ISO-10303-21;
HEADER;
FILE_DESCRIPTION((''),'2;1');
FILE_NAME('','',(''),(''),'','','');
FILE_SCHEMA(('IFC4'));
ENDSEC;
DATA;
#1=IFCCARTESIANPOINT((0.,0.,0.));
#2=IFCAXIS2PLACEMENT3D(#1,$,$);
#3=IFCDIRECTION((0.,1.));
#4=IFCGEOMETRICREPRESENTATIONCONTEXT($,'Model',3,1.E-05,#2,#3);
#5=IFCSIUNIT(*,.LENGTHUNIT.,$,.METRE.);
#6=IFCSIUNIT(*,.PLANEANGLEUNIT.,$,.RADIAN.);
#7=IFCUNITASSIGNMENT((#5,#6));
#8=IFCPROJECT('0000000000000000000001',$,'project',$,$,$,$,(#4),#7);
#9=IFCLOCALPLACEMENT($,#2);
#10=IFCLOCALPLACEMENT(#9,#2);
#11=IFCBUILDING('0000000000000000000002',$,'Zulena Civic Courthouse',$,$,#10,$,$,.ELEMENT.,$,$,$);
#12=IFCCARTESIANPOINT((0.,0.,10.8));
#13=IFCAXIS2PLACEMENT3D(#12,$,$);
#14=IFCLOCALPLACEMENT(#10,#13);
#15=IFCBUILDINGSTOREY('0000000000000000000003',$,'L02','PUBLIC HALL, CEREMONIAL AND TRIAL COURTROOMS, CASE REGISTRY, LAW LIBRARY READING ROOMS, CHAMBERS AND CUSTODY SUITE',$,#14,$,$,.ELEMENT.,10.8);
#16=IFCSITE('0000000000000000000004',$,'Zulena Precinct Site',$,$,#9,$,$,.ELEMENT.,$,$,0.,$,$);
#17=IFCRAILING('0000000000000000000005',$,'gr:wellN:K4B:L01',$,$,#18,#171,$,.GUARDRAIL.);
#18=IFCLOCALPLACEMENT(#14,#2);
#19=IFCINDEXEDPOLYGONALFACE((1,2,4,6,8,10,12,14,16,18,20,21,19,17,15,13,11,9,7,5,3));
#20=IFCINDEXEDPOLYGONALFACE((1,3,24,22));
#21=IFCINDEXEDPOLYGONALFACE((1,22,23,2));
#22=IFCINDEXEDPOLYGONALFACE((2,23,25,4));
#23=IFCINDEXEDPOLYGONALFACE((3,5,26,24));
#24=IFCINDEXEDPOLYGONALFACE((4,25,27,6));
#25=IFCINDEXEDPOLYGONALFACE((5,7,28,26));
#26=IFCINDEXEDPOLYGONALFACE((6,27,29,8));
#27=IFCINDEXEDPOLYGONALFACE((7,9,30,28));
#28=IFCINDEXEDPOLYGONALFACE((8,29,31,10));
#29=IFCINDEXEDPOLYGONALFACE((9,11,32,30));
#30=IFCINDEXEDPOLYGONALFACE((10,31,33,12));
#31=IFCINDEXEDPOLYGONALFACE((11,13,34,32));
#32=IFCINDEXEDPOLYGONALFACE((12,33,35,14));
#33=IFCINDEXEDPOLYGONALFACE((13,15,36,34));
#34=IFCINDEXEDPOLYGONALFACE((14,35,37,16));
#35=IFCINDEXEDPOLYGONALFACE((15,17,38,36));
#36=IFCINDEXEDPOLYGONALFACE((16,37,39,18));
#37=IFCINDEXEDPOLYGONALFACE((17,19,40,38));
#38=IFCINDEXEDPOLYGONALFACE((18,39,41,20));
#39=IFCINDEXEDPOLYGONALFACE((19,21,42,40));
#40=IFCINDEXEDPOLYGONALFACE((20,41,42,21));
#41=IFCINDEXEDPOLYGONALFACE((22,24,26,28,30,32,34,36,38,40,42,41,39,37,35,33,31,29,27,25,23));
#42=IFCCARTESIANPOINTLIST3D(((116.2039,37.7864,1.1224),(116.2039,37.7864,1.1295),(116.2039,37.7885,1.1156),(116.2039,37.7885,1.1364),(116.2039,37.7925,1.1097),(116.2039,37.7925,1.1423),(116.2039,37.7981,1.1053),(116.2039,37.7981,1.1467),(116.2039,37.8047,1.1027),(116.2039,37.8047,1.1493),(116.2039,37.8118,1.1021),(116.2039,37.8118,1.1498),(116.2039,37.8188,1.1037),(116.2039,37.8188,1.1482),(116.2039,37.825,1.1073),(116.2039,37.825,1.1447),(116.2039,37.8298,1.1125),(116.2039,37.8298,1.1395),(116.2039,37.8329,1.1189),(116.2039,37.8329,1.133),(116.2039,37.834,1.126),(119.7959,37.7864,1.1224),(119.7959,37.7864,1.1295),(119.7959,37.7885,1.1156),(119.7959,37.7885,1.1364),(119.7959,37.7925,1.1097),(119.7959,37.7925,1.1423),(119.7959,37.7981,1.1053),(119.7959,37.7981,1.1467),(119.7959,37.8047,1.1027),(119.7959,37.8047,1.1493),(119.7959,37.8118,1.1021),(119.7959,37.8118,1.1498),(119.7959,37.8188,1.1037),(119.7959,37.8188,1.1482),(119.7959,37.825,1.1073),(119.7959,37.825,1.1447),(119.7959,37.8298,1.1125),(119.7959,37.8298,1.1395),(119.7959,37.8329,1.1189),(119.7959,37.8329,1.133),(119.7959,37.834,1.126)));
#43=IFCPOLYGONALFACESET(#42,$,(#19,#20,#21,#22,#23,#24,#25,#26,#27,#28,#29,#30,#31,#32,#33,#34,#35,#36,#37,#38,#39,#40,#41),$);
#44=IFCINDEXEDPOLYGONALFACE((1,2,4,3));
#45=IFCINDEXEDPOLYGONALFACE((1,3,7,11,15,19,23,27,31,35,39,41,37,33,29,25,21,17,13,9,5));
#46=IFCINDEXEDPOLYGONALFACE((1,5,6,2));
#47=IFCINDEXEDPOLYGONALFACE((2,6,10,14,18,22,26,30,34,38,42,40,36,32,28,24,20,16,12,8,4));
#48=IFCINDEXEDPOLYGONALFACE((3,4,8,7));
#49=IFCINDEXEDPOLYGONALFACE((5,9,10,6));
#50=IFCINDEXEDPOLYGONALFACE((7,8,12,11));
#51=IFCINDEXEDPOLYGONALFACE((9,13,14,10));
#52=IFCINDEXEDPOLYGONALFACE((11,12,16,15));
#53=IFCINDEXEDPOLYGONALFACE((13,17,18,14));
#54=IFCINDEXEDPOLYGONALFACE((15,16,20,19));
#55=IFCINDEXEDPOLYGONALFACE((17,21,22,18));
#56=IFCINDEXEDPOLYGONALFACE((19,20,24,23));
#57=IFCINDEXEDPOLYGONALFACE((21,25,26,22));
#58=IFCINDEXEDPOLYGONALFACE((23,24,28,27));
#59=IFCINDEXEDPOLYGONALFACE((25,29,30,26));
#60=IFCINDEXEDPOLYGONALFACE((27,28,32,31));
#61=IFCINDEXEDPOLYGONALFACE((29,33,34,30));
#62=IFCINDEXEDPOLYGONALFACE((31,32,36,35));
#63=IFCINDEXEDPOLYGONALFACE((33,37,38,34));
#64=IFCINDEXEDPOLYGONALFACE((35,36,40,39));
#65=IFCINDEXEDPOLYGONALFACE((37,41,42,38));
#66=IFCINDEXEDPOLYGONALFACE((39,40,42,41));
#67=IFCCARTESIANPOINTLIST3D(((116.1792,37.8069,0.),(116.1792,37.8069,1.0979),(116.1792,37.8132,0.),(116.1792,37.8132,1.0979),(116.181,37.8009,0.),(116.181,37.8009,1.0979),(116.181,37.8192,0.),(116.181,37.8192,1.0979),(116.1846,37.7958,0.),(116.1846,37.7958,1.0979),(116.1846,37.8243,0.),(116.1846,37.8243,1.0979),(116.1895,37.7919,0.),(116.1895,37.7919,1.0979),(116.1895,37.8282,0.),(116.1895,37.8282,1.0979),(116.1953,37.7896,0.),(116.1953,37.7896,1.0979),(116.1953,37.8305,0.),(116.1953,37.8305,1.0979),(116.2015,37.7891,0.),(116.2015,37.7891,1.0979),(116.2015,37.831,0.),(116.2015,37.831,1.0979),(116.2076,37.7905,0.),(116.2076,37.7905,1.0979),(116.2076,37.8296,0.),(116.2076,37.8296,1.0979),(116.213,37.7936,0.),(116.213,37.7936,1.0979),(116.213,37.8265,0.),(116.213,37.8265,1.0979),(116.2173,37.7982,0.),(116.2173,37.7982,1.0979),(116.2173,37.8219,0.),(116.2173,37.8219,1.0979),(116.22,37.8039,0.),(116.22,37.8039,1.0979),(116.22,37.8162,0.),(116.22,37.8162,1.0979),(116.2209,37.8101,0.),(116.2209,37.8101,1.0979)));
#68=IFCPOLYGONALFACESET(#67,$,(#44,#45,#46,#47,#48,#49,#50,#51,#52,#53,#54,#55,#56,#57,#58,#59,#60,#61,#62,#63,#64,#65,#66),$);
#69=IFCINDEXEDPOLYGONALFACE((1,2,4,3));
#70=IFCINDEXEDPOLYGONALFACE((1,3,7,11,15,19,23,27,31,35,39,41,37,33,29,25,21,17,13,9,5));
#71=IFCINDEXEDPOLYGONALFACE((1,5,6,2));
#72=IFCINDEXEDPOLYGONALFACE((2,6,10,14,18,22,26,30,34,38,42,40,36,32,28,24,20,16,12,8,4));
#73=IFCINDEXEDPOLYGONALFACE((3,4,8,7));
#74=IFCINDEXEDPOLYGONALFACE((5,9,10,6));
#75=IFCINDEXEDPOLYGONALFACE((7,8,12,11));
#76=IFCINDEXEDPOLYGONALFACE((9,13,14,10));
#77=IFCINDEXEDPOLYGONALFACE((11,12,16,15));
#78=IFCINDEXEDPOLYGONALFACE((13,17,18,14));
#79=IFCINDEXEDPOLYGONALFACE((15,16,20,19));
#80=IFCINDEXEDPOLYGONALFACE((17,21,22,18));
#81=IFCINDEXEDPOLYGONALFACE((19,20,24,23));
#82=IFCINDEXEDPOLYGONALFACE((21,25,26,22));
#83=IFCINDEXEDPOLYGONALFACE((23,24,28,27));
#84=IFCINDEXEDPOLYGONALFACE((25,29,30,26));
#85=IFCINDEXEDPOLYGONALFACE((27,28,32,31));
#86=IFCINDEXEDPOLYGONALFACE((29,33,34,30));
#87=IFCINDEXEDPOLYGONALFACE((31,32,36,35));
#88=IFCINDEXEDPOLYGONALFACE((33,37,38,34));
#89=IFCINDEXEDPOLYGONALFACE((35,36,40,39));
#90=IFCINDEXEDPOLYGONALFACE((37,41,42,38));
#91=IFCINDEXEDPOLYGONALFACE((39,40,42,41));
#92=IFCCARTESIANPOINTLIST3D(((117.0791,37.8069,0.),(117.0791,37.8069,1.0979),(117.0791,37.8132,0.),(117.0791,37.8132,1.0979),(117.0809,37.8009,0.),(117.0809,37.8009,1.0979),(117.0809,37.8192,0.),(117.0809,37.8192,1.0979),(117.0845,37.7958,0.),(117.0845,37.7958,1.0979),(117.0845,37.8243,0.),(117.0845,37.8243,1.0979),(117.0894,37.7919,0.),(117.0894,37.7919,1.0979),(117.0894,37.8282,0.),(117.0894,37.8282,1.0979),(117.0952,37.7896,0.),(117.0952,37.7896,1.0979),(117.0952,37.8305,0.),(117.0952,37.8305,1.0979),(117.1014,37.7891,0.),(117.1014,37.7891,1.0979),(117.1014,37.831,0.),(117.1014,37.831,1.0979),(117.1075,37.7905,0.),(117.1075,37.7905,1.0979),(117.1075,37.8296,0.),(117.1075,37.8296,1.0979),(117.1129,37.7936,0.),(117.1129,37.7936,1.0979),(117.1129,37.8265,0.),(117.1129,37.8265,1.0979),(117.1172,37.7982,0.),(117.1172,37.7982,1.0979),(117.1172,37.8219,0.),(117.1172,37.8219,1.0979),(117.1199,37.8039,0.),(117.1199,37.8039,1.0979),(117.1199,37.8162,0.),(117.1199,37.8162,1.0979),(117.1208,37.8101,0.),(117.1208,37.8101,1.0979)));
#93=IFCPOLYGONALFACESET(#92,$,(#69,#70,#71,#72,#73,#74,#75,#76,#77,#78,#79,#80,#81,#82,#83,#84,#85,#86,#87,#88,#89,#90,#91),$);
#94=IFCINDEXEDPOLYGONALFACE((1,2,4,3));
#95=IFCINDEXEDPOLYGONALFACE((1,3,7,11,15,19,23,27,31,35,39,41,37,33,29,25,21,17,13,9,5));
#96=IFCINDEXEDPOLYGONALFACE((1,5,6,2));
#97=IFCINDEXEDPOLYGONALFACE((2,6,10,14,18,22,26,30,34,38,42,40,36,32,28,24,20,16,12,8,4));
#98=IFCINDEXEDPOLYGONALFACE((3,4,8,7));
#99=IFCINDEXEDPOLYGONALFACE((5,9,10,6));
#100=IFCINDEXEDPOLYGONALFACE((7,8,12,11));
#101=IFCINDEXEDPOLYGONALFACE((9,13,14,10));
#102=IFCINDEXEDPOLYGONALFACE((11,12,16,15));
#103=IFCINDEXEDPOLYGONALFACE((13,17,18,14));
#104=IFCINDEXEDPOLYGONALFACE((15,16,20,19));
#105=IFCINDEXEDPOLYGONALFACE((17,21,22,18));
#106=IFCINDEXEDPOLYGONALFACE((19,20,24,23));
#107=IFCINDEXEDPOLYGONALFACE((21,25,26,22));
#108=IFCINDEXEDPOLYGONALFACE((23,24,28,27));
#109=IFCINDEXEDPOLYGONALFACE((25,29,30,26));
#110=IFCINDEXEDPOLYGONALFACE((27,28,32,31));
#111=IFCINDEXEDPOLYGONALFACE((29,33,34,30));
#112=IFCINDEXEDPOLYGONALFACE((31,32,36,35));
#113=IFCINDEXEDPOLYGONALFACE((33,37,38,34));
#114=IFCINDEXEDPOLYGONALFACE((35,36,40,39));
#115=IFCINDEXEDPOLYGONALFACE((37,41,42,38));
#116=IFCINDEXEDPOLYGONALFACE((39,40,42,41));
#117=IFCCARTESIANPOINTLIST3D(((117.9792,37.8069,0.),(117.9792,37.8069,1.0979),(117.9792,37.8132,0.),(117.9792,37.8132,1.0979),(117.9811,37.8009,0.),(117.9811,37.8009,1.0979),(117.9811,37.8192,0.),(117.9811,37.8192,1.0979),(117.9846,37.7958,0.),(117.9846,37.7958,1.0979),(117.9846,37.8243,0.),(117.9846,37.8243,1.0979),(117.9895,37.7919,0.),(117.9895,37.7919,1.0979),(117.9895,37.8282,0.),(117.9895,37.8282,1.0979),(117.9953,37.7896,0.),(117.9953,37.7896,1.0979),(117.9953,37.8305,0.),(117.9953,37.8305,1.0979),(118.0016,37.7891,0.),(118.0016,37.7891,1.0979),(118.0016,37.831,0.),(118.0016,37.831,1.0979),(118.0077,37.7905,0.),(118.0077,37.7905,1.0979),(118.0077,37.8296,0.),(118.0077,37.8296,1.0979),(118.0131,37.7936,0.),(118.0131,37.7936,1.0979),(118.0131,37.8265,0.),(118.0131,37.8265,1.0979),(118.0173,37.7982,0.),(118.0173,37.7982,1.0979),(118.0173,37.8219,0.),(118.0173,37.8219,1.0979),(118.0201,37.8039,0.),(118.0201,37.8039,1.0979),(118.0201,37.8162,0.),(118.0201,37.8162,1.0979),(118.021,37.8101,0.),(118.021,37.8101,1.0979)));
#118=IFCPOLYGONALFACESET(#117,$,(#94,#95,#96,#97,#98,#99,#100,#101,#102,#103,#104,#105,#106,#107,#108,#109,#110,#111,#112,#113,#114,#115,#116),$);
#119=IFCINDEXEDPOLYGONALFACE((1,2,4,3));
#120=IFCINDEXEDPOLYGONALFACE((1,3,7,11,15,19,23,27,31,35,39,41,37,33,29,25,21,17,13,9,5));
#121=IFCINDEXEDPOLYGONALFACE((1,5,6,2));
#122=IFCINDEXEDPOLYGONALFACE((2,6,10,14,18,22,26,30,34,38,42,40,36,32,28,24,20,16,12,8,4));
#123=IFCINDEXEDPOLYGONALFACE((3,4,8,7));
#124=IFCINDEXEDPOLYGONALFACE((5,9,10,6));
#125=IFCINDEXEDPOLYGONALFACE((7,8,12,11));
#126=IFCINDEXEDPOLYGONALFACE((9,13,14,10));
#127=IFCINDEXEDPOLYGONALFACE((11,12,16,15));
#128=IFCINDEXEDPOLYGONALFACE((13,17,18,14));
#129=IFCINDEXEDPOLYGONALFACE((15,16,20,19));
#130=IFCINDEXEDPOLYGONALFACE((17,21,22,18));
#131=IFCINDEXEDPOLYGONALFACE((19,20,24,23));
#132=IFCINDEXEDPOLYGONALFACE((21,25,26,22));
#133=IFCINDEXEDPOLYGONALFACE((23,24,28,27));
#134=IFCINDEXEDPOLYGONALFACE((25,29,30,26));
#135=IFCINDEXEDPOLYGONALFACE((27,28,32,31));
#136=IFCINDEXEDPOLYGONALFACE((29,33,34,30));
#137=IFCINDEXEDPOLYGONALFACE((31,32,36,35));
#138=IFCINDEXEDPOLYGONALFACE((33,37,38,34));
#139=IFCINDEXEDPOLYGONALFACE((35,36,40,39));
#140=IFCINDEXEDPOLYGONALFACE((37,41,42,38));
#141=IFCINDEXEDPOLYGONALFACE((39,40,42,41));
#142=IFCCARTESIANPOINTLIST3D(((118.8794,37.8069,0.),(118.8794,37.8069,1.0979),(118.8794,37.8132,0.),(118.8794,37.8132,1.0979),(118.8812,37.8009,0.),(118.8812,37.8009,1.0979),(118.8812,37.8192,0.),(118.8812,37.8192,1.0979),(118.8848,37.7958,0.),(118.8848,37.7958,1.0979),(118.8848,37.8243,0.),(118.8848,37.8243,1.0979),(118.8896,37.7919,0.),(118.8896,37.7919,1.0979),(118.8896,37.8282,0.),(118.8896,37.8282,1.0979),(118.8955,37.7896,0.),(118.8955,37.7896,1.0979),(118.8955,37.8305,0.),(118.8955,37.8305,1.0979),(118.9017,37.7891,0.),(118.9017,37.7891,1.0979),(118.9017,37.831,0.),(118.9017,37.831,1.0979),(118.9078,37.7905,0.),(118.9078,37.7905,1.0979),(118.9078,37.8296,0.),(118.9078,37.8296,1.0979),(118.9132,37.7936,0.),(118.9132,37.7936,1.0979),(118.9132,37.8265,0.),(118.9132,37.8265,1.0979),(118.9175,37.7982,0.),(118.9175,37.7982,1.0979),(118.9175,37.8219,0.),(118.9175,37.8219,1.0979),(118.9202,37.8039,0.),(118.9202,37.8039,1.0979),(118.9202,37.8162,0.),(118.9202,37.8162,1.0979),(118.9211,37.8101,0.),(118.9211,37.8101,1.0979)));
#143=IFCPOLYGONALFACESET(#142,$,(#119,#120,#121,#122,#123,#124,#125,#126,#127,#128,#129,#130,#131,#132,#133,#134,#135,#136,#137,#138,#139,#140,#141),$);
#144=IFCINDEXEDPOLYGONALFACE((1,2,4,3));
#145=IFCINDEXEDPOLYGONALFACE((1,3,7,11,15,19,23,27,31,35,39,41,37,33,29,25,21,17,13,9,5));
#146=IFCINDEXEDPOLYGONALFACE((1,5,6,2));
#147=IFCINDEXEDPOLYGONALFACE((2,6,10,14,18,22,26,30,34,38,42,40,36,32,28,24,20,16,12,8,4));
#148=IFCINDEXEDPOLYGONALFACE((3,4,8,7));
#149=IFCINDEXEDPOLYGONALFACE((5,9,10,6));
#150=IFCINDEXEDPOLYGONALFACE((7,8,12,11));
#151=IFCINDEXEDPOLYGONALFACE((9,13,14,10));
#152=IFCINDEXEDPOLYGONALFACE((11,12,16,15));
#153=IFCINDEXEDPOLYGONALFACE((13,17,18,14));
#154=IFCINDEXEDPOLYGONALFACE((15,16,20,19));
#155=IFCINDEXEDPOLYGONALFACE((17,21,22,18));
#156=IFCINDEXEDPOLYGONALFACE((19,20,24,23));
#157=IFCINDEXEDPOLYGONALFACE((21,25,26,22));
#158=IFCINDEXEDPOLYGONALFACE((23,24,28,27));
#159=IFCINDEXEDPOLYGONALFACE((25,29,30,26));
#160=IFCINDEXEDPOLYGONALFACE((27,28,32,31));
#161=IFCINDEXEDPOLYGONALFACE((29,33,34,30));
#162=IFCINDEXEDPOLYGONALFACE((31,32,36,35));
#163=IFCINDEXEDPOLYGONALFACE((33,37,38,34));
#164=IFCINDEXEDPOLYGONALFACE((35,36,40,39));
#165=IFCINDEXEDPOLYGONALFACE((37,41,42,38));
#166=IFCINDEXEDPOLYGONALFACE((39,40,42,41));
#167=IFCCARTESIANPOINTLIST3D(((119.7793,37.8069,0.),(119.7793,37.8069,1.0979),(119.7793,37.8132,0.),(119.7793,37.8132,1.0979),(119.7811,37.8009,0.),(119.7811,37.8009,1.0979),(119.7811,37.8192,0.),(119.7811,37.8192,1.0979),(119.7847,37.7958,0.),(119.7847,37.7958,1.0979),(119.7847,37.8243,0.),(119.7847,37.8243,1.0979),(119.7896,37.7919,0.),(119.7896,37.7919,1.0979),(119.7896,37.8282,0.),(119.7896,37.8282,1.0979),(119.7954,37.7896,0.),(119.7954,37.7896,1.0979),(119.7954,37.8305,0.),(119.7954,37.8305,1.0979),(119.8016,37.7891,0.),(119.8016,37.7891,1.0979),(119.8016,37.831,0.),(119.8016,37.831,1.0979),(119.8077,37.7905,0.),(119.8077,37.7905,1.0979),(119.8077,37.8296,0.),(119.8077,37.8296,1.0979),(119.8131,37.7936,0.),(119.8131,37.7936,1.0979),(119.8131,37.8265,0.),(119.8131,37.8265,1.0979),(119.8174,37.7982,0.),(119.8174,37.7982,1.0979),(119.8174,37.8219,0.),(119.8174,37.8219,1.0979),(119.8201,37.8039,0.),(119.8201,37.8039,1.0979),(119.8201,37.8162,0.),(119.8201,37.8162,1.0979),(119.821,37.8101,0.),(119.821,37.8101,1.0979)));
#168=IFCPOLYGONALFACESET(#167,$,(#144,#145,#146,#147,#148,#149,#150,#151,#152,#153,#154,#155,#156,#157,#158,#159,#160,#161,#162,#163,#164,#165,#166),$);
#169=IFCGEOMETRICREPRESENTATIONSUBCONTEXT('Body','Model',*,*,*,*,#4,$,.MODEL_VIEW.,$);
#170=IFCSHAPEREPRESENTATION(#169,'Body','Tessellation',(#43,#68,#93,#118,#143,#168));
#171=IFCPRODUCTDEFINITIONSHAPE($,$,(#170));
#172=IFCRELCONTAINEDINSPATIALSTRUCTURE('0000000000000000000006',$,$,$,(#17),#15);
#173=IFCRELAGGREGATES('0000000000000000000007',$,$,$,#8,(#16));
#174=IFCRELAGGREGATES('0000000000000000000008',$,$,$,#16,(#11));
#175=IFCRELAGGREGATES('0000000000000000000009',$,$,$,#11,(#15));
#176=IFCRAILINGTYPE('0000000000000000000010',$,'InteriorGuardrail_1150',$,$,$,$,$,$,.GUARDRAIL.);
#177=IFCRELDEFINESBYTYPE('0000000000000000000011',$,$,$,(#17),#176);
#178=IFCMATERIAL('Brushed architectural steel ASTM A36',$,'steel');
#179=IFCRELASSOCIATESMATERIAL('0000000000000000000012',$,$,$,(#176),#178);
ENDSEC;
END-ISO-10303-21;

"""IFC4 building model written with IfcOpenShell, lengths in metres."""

from ifc_helpers import new_model, si_unit, direction, frame, origin, origin_2d, place, context, subcontext, project, spatial, circle, extrude, material, type_object, element, save


model = new_model("IFC4")

# Units and contexts
model_context = context("Model", 3, precision=1e-05, world=origin(), true_north=direction((0.0, 1.0)))
body_context = subcontext(model_context, "Body", "Model", "MODEL_VIEW")
ifc_project = project(units=[si_unit("LENGTHUNIT", "METRE"), si_unit("PLANEANGLEUNIT", "RADIAN")], contexts=[model_context])

# Site, building, storey
site_placement = place(None, origin())
site = spatial("IfcSite", under=ifc_project, at=site_placement, Name="Zulena Precinct Site", CompositionType="ELEMENT", RefElevation=0.0)
building_placement = place(site_placement, origin())
building = spatial("IfcBuilding", under=site, at=building_placement, Name="Zulena Civic Courthouse", CompositionType="ELEMENT")
storey_placement = place(building_placement, frame((0.0, 0.0, 10.8)))
storey = spatial("IfcBuildingStorey", under=building, at=storey_placement, Name="L02", Description="PUBLIC HALL, CEREMONIAL AND TRIAL COURTROOMS, CASE REGISTRY, LAW LIBRARY READING ROOMS, CHAMBERS AND CUSTODY SUITE", CompositionType="ELEMENT", Elevation=10.8)

# Railing
ifc_material_1 = material(Name="Brushed architectural steel ASTM A36", Category="steel")
railing_type_1 = type_object("IfcRailingType", Name="InteriorGuardrail_1150", PredefinedType="GUARDRAIL", material=ifc_material_1)
railing_1_placement = place(storey_placement, frame((116.2, 37.8101, 0.0)))
element("IfcRailing", 1, at=railing_1_placement, inside=storey, type_object=railing_type_1, Name="gr:wellN:K4B:L01", PredefinedType="GUARDRAIL", context=body_context, shape_type="SweptSolid", body=[
    extrude(circle(Radius=0.0239, at=origin_2d()), frame((0.0039, 0.0, 1.126), z_axis=(1.0, 0.0, 0.0), x_axis=(0.0, 1.0, 0.0)), (0.0, 0.0, 1.0), 3.592),
    extrude(circle(Radius=0.021, at=origin_2d()), origin(), (0.0, 0.0, 1.0), 1.0979),
    extrude(circle(Radius=0.021, at=origin_2d()), frame((0.8999, 0.0, 0.0)), (0.0, 0.0, 1.0), 1.0979),
    extrude(circle(Radius=0.021, at=origin_2d()), frame((1.8, 0.0, 0.0)), (0.0, 0.0, 1.0), 1.0979),
    extrude(circle(Radius=0.021, at=origin_2d()), frame((2.7002, 0.0, 0.0)), (0.0, 0.0, 1.0), 1.0979),
    extrude(circle(Radius=0.021, at=origin_2d()), frame((3.6001, 0.0, 0.0)), (0.0, 0.0, 1.0), 1.0979),
])

save(model, "model.ifc")
